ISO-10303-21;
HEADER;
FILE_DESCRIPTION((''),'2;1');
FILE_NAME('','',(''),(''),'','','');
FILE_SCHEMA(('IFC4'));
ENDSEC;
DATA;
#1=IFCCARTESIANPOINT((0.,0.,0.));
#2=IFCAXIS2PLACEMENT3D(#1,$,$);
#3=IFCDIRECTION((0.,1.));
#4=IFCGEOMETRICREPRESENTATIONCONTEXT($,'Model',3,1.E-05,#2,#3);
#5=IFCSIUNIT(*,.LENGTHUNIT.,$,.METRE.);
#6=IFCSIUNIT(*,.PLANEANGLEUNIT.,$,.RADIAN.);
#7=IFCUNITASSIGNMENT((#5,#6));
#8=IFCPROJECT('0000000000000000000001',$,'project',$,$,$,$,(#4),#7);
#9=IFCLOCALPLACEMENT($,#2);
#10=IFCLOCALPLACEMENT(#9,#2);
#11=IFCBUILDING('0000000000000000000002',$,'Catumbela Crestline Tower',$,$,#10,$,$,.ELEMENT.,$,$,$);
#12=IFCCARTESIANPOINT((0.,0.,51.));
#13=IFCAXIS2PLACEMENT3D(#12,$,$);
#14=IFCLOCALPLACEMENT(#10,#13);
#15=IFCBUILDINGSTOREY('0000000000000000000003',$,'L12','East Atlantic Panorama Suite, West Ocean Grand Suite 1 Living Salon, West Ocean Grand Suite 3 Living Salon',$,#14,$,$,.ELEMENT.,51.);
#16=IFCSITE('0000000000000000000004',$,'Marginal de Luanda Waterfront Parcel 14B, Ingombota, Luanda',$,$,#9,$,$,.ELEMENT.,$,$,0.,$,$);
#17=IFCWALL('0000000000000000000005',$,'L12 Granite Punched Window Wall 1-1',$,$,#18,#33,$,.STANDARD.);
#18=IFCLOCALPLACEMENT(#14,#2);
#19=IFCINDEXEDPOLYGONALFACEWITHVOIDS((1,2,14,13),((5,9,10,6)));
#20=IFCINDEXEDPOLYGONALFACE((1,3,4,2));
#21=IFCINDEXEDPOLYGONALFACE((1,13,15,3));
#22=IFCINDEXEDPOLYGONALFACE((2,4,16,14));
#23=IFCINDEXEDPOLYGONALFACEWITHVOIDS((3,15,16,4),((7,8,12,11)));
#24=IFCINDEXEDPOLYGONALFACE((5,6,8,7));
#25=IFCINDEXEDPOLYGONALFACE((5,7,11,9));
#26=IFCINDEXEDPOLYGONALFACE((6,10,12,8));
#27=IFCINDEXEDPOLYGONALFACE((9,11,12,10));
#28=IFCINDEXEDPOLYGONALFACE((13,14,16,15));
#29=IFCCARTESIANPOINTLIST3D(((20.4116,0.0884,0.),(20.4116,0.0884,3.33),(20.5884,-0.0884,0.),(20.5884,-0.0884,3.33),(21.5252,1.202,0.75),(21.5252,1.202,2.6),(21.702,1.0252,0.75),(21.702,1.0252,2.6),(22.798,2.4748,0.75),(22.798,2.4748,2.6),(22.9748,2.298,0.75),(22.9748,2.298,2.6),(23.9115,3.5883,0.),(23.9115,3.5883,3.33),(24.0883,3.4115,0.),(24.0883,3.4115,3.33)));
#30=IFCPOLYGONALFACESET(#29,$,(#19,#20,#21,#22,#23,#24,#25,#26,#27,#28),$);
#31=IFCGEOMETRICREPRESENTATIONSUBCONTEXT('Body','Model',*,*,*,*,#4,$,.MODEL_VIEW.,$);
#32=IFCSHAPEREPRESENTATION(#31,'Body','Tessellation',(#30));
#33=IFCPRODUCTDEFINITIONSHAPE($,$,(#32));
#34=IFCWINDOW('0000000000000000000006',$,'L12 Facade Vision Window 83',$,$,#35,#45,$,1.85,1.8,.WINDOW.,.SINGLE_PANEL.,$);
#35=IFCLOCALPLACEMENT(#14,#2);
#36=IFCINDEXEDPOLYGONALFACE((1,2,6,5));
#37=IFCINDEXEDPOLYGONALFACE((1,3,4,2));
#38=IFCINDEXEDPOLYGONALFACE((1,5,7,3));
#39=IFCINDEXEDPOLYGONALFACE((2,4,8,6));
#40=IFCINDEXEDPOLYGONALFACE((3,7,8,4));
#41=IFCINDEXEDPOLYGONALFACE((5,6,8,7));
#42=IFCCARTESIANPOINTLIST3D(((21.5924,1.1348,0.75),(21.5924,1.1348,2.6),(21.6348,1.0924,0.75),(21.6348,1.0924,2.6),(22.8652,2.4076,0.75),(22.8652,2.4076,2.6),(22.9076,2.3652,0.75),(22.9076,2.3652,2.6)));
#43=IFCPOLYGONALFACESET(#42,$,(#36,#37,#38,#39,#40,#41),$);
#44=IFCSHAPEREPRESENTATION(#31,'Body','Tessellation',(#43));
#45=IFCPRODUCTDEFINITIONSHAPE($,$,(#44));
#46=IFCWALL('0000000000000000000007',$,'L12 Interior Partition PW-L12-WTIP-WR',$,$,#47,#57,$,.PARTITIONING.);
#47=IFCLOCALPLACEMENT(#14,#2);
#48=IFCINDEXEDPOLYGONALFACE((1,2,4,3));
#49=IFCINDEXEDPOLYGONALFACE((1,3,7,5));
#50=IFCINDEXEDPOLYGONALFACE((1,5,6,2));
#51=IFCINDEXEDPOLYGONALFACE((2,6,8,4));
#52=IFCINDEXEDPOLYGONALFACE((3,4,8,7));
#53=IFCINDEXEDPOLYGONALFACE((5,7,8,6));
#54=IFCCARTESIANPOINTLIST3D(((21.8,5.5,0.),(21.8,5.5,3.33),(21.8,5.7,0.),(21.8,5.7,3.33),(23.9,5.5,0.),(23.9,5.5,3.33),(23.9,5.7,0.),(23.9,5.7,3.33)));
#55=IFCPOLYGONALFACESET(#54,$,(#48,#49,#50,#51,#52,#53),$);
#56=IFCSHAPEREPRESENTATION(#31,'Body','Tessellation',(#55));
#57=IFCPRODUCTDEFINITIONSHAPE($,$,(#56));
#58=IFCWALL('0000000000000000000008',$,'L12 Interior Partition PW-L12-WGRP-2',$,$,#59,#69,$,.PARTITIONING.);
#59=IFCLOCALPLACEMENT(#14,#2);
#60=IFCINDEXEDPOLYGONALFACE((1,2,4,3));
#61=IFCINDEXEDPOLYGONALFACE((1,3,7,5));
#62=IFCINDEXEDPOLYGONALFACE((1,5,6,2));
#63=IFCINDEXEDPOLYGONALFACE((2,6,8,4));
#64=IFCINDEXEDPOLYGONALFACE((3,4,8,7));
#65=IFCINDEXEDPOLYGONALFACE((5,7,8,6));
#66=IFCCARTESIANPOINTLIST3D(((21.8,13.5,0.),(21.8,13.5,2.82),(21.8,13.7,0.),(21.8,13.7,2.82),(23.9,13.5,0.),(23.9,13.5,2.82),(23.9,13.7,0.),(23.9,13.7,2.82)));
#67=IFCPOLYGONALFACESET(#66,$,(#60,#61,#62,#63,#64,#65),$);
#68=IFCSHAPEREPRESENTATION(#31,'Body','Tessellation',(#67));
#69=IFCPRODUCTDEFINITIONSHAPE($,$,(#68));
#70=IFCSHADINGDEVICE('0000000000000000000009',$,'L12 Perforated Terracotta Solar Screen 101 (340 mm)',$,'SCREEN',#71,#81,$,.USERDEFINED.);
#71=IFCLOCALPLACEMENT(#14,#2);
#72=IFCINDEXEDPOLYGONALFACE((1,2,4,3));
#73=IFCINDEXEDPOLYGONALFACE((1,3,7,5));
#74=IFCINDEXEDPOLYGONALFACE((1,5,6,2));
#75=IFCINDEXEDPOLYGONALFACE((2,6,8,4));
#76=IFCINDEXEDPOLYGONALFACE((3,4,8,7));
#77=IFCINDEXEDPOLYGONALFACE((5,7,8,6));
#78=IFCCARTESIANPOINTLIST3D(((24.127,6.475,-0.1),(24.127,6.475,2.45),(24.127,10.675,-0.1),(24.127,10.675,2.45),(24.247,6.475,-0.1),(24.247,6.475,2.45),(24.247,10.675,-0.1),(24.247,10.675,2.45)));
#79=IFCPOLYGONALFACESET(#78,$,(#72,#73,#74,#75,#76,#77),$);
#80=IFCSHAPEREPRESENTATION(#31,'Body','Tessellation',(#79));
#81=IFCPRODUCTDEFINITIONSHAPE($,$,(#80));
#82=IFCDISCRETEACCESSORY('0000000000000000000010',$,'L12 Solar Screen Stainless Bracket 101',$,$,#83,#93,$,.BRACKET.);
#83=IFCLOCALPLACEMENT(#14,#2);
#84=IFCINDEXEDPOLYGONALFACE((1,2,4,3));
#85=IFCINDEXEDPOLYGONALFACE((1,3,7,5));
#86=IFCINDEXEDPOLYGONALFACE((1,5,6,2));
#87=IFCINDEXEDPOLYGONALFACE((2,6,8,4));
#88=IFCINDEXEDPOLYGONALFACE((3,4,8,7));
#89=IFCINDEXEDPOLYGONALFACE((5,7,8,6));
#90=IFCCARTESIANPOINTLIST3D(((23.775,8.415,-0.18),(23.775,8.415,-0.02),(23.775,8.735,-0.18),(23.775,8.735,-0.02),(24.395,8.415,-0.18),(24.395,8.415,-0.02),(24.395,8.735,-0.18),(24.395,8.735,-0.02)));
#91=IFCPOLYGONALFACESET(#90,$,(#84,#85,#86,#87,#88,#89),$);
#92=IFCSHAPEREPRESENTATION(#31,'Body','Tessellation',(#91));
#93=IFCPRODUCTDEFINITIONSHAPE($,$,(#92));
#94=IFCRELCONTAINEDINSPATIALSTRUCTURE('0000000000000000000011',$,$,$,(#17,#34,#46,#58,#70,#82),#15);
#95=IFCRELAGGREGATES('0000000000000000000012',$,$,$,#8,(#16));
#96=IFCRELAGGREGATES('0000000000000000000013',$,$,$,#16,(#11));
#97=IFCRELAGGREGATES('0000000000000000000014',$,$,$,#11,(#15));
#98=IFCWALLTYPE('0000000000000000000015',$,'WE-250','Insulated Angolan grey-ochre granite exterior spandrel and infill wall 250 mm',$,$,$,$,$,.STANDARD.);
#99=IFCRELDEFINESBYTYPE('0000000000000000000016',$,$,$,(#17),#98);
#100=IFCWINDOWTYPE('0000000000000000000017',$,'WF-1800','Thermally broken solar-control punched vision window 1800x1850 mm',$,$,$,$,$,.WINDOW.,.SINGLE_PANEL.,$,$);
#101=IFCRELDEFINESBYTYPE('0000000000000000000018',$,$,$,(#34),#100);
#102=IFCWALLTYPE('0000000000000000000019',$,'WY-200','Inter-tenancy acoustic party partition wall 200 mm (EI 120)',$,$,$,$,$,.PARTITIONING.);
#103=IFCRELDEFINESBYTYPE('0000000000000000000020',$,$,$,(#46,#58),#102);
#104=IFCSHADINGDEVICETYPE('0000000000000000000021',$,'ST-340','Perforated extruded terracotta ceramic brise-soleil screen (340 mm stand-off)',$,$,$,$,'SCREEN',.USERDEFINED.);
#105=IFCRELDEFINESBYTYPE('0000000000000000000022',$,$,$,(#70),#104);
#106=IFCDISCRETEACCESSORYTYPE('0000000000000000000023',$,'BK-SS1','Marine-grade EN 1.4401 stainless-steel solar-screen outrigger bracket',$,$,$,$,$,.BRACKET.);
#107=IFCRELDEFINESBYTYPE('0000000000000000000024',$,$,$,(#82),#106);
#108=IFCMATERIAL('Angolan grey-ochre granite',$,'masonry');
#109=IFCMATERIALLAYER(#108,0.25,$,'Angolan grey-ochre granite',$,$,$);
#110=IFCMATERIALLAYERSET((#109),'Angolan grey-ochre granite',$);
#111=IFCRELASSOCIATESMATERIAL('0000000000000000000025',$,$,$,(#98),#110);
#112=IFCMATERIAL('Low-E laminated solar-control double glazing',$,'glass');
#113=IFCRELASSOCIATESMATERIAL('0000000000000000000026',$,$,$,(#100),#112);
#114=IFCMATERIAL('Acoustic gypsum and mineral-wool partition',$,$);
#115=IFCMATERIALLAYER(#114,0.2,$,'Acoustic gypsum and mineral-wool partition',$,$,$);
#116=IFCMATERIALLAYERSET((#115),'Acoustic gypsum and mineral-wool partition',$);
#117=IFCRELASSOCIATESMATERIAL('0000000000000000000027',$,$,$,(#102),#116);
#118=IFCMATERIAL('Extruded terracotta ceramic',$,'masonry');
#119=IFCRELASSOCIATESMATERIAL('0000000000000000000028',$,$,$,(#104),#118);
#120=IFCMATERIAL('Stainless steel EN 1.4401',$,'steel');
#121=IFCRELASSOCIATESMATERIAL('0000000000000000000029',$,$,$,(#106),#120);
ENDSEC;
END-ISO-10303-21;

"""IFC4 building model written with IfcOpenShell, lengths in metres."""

from ifc_helpers import new_model, si_unit, direction, frame, frame_2d, origin, origin_2d, place, context, subcontext, project, spatial, rectangle, extrude, material, layer, layer_set, type_object, element, fill, save


model = new_model("IFC4")

# Units and contexts
model_context = context("Model", 3, precision=1e-05, world=origin(), true_north=direction((0.0, 1.0)))
body_context = subcontext(model_context, "Body", "Model", "MODEL_VIEW")
ifc_project = project(units=[si_unit("LENGTHUNIT", "METRE"), si_unit("PLANEANGLEUNIT", "RADIAN")], contexts=[model_context])

# Site, building, storey
site_placement = place(None, origin())
site = spatial("IfcSite", under=ifc_project, at=site_placement, Name="Marginal de Luanda Waterfront Parcel 14B, Ingombota, Luanda", CompositionType="ELEMENT", RefElevation=0.0)
building_placement = place(site_placement, origin())
building = spatial("IfcBuilding", under=site, at=building_placement, Name="Catumbela Crestline Tower", CompositionType="ELEMENT")
storey_placement = place(building_placement, frame((0.0, 0.0, 51.0)))
storey = spatial("IfcBuildingStorey", under=building, at=storey_placement, Name="L12", Description="East Atlantic Panorama Suite, West Ocean Grand Suite 1 Living Salon, West Ocean Grand Suite 3 Living Salon", CompositionType="ELEMENT", Elevation=51.0)

# Shared definitions
ifc_material_1 = material(Name="Low-E laminated solar-control double glazing", Category="glass")

# Wall, opening, window
ifc_material_2 = material(Name="Angolan grey-ochre granite", Category="masonry")
ifc_layer_1 = layer(ifc_material_2, 0.25, Name="Angolan grey-ochre granite")
ifc_layer_set_1 = layer_set([ifc_layer_1], Name="Angolan grey-ochre granite")
wall_type_1 = type_object("IfcWallType", Name="WE-250", Description="Insulated Angolan grey-ochre granite exterior spandrel and infill wall 250 mm", PredefinedType="STANDARD", material=ifc_layer_set_1)
wall_1_placement = place(storey_placement, frame((20.5, 0.0, 0.0), z_axis=(0.0, 0.0, 1.0), x_axis=(0.707107, 0.707107, 0.0)))
wall_1 = element("IfcWall", 1, at=wall_1_placement, inside=storey, type_object=wall_type_1, Name="L12 Granite Punched Window Wall 1-1", PredefinedType="STANDARD", context=body_context, shape_type="SweptSolid", body=[
    extrude(rectangle(XDim=4.9497, YDim=0.25, at=frame_2d((2.4748, 0.0))), origin(), (0.0, 0.0, 1.0), 3.33),
])
opening_placement = place(wall_1_placement, frame((1.5749, 0.0, 0.75)))
opening = element("IfcOpeningElement", 2, at=opening_placement, cuts=wall_1, PredefinedType="OPENING", context=body_context, shape_type="SweptSolid", body=[
    extrude(rectangle(XDim=1.8, YDim=1.85, at=frame_2d((0.9, 0.925))), frame((0.0, 0.135, 0.0), z_axis=(0.0, -1.0, 0.0), x_axis=(1.0, 0.0, 0.0)), (0.0, 0.0, 1.0), 0.27),
])
window_type = type_object("IfcWindowType", Name="WF-1800", Description="Thermally broken solar-control punched vision window 1800x1850 mm", PartitioningType="SINGLE_PANEL", PredefinedType="WINDOW", material=ifc_material_1)
window_placement = place(opening_placement, origin())
window = element("IfcWindow", 3, at=window_placement, inside=storey, type_object=window_type, Name="L12 Facade Vision Window 83", OverallHeight=1.85, OverallWidth=1.8, PartitioningType="SINGLE_PANEL", PredefinedType="WINDOW", context=body_context, shape_type="SweptSolid", body=[
    extrude(rectangle(XDim=1.8, YDim=1.85, at=frame_2d((0.9, 0.925))), frame((0.0, 0.03, 0.0), z_axis=(0.0, -1.0, 0.0), x_axis=(1.0, 0.0, 0.0)), (0.0, 0.0, 1.0), 0.06),
])
fill(opening, window)

# Walls
ifc_material_3 = material(Name="Acoustic gypsum and mineral-wool partition")
ifc_layer_2 = layer(ifc_material_3, 0.2, Name="Acoustic gypsum and mineral-wool partition")
ifc_layer_set_2 = layer_set([ifc_layer_2], Name="Acoustic gypsum and mineral-wool partition")
wall_type_2 = type_object("IfcWallType", Name="WY-200", Description="Inter-tenancy acoustic party partition wall 200 mm (EI 120)", PredefinedType="PARTITIONING", material=ifc_layer_set_2)
wall_2_placement = place(storey_placement, frame((21.8, 5.6, 0.0), z_axis=(0.0, 0.0, 1.0), x_axis=(1.0, 0.0, 0.0)))
element("IfcWall", 4, at=wall_2_placement, inside=storey, type_object=wall_type_2, Name="L12 Interior Partition PW-L12-WTIP-WR", PredefinedType="PARTITIONING", context=body_context, shape_type="SweptSolid", body=[
    extrude(rectangle(XDim=2.1, YDim=0.2, at=frame_2d((1.05, 0.0))), origin(), (0.0, 0.0, 1.0), 3.33),
])
wall_3_placement = place(storey_placement, frame((21.8, 13.6, 0.0), z_axis=(0.0, 0.0, 1.0), x_axis=(1.0, 0.0, 0.0)))
element("IfcWall", 5, at=wall_3_placement, inside=storey, type_object=wall_type_2, Name="L12 Interior Partition PW-L12-WGRP-2", PredefinedType="PARTITIONING", context=body_context, shape_type="SweptSolid", body=[
    extrude(rectangle(XDim=2.1, YDim=0.2, at=frame_2d((1.05, 0.0))), origin(), (0.0, 0.0, 1.0), 2.82),
])

# Shading device
ifc_material_4 = material(Name="Extruded terracotta ceramic", Category="masonry")
shading_device_type = type_object("IfcShadingDeviceType", Name="ST-340", Description="Perforated extruded terracotta ceramic brise-soleil screen (340 mm stand-off)", ElementType="SCREEN", PredefinedType="USERDEFINED", material=ifc_material_4)
shading_device_placement = place(storey_placement, frame((24.187, 8.575, -0.1), z_axis=(0.0, 0.0, 1.0), x_axis=(0.0, 1.0, 0.0)))
element("IfcShadingDevice", 6, at=shading_device_placement, inside=storey, type_object=shading_device_type, Name="L12 Perforated Terracotta Solar Screen 101 (340 mm)", ObjectType="SCREEN", PredefinedType="USERDEFINED", context=body_context, shape_type="SweptSolid", body=[
    extrude(rectangle(XDim=4.2, YDim=0.12, at=origin_2d()), origin(), (0.0, 0.0, 1.0), 2.55),
])

# Discrete accessory
ifc_material_5 = material(Name="Stainless steel EN 1.4401", Category="steel")
discrete_accessory_type = type_object("IfcDiscreteAccessoryType", Name="BK-SS1", Description="Marine-grade EN 1.4401 stainless-steel solar-screen outrigger bracket", PredefinedType="BRACKET", material=ifc_material_5)
discrete_accessory_placement = place(storey_placement, frame((24.085, 8.575, -0.18), z_axis=(0.0, 0.0, 1.0), x_axis=(0.0, 1.0, 0.0)))
element("IfcDiscreteAccessory", 7, at=discrete_accessory_placement, inside=storey, type_object=discrete_accessory_type, Name="L12 Solar Screen Stainless Bracket 101", PredefinedType="BRACKET", context=body_context, shape_type="SweptSolid", body=[
    extrude(rectangle(XDim=0.32, YDim=0.62, at=origin_2d()), origin(), (0.0, 0.0, 1.0), 0.16),
])

save(model, "model.ifc")
